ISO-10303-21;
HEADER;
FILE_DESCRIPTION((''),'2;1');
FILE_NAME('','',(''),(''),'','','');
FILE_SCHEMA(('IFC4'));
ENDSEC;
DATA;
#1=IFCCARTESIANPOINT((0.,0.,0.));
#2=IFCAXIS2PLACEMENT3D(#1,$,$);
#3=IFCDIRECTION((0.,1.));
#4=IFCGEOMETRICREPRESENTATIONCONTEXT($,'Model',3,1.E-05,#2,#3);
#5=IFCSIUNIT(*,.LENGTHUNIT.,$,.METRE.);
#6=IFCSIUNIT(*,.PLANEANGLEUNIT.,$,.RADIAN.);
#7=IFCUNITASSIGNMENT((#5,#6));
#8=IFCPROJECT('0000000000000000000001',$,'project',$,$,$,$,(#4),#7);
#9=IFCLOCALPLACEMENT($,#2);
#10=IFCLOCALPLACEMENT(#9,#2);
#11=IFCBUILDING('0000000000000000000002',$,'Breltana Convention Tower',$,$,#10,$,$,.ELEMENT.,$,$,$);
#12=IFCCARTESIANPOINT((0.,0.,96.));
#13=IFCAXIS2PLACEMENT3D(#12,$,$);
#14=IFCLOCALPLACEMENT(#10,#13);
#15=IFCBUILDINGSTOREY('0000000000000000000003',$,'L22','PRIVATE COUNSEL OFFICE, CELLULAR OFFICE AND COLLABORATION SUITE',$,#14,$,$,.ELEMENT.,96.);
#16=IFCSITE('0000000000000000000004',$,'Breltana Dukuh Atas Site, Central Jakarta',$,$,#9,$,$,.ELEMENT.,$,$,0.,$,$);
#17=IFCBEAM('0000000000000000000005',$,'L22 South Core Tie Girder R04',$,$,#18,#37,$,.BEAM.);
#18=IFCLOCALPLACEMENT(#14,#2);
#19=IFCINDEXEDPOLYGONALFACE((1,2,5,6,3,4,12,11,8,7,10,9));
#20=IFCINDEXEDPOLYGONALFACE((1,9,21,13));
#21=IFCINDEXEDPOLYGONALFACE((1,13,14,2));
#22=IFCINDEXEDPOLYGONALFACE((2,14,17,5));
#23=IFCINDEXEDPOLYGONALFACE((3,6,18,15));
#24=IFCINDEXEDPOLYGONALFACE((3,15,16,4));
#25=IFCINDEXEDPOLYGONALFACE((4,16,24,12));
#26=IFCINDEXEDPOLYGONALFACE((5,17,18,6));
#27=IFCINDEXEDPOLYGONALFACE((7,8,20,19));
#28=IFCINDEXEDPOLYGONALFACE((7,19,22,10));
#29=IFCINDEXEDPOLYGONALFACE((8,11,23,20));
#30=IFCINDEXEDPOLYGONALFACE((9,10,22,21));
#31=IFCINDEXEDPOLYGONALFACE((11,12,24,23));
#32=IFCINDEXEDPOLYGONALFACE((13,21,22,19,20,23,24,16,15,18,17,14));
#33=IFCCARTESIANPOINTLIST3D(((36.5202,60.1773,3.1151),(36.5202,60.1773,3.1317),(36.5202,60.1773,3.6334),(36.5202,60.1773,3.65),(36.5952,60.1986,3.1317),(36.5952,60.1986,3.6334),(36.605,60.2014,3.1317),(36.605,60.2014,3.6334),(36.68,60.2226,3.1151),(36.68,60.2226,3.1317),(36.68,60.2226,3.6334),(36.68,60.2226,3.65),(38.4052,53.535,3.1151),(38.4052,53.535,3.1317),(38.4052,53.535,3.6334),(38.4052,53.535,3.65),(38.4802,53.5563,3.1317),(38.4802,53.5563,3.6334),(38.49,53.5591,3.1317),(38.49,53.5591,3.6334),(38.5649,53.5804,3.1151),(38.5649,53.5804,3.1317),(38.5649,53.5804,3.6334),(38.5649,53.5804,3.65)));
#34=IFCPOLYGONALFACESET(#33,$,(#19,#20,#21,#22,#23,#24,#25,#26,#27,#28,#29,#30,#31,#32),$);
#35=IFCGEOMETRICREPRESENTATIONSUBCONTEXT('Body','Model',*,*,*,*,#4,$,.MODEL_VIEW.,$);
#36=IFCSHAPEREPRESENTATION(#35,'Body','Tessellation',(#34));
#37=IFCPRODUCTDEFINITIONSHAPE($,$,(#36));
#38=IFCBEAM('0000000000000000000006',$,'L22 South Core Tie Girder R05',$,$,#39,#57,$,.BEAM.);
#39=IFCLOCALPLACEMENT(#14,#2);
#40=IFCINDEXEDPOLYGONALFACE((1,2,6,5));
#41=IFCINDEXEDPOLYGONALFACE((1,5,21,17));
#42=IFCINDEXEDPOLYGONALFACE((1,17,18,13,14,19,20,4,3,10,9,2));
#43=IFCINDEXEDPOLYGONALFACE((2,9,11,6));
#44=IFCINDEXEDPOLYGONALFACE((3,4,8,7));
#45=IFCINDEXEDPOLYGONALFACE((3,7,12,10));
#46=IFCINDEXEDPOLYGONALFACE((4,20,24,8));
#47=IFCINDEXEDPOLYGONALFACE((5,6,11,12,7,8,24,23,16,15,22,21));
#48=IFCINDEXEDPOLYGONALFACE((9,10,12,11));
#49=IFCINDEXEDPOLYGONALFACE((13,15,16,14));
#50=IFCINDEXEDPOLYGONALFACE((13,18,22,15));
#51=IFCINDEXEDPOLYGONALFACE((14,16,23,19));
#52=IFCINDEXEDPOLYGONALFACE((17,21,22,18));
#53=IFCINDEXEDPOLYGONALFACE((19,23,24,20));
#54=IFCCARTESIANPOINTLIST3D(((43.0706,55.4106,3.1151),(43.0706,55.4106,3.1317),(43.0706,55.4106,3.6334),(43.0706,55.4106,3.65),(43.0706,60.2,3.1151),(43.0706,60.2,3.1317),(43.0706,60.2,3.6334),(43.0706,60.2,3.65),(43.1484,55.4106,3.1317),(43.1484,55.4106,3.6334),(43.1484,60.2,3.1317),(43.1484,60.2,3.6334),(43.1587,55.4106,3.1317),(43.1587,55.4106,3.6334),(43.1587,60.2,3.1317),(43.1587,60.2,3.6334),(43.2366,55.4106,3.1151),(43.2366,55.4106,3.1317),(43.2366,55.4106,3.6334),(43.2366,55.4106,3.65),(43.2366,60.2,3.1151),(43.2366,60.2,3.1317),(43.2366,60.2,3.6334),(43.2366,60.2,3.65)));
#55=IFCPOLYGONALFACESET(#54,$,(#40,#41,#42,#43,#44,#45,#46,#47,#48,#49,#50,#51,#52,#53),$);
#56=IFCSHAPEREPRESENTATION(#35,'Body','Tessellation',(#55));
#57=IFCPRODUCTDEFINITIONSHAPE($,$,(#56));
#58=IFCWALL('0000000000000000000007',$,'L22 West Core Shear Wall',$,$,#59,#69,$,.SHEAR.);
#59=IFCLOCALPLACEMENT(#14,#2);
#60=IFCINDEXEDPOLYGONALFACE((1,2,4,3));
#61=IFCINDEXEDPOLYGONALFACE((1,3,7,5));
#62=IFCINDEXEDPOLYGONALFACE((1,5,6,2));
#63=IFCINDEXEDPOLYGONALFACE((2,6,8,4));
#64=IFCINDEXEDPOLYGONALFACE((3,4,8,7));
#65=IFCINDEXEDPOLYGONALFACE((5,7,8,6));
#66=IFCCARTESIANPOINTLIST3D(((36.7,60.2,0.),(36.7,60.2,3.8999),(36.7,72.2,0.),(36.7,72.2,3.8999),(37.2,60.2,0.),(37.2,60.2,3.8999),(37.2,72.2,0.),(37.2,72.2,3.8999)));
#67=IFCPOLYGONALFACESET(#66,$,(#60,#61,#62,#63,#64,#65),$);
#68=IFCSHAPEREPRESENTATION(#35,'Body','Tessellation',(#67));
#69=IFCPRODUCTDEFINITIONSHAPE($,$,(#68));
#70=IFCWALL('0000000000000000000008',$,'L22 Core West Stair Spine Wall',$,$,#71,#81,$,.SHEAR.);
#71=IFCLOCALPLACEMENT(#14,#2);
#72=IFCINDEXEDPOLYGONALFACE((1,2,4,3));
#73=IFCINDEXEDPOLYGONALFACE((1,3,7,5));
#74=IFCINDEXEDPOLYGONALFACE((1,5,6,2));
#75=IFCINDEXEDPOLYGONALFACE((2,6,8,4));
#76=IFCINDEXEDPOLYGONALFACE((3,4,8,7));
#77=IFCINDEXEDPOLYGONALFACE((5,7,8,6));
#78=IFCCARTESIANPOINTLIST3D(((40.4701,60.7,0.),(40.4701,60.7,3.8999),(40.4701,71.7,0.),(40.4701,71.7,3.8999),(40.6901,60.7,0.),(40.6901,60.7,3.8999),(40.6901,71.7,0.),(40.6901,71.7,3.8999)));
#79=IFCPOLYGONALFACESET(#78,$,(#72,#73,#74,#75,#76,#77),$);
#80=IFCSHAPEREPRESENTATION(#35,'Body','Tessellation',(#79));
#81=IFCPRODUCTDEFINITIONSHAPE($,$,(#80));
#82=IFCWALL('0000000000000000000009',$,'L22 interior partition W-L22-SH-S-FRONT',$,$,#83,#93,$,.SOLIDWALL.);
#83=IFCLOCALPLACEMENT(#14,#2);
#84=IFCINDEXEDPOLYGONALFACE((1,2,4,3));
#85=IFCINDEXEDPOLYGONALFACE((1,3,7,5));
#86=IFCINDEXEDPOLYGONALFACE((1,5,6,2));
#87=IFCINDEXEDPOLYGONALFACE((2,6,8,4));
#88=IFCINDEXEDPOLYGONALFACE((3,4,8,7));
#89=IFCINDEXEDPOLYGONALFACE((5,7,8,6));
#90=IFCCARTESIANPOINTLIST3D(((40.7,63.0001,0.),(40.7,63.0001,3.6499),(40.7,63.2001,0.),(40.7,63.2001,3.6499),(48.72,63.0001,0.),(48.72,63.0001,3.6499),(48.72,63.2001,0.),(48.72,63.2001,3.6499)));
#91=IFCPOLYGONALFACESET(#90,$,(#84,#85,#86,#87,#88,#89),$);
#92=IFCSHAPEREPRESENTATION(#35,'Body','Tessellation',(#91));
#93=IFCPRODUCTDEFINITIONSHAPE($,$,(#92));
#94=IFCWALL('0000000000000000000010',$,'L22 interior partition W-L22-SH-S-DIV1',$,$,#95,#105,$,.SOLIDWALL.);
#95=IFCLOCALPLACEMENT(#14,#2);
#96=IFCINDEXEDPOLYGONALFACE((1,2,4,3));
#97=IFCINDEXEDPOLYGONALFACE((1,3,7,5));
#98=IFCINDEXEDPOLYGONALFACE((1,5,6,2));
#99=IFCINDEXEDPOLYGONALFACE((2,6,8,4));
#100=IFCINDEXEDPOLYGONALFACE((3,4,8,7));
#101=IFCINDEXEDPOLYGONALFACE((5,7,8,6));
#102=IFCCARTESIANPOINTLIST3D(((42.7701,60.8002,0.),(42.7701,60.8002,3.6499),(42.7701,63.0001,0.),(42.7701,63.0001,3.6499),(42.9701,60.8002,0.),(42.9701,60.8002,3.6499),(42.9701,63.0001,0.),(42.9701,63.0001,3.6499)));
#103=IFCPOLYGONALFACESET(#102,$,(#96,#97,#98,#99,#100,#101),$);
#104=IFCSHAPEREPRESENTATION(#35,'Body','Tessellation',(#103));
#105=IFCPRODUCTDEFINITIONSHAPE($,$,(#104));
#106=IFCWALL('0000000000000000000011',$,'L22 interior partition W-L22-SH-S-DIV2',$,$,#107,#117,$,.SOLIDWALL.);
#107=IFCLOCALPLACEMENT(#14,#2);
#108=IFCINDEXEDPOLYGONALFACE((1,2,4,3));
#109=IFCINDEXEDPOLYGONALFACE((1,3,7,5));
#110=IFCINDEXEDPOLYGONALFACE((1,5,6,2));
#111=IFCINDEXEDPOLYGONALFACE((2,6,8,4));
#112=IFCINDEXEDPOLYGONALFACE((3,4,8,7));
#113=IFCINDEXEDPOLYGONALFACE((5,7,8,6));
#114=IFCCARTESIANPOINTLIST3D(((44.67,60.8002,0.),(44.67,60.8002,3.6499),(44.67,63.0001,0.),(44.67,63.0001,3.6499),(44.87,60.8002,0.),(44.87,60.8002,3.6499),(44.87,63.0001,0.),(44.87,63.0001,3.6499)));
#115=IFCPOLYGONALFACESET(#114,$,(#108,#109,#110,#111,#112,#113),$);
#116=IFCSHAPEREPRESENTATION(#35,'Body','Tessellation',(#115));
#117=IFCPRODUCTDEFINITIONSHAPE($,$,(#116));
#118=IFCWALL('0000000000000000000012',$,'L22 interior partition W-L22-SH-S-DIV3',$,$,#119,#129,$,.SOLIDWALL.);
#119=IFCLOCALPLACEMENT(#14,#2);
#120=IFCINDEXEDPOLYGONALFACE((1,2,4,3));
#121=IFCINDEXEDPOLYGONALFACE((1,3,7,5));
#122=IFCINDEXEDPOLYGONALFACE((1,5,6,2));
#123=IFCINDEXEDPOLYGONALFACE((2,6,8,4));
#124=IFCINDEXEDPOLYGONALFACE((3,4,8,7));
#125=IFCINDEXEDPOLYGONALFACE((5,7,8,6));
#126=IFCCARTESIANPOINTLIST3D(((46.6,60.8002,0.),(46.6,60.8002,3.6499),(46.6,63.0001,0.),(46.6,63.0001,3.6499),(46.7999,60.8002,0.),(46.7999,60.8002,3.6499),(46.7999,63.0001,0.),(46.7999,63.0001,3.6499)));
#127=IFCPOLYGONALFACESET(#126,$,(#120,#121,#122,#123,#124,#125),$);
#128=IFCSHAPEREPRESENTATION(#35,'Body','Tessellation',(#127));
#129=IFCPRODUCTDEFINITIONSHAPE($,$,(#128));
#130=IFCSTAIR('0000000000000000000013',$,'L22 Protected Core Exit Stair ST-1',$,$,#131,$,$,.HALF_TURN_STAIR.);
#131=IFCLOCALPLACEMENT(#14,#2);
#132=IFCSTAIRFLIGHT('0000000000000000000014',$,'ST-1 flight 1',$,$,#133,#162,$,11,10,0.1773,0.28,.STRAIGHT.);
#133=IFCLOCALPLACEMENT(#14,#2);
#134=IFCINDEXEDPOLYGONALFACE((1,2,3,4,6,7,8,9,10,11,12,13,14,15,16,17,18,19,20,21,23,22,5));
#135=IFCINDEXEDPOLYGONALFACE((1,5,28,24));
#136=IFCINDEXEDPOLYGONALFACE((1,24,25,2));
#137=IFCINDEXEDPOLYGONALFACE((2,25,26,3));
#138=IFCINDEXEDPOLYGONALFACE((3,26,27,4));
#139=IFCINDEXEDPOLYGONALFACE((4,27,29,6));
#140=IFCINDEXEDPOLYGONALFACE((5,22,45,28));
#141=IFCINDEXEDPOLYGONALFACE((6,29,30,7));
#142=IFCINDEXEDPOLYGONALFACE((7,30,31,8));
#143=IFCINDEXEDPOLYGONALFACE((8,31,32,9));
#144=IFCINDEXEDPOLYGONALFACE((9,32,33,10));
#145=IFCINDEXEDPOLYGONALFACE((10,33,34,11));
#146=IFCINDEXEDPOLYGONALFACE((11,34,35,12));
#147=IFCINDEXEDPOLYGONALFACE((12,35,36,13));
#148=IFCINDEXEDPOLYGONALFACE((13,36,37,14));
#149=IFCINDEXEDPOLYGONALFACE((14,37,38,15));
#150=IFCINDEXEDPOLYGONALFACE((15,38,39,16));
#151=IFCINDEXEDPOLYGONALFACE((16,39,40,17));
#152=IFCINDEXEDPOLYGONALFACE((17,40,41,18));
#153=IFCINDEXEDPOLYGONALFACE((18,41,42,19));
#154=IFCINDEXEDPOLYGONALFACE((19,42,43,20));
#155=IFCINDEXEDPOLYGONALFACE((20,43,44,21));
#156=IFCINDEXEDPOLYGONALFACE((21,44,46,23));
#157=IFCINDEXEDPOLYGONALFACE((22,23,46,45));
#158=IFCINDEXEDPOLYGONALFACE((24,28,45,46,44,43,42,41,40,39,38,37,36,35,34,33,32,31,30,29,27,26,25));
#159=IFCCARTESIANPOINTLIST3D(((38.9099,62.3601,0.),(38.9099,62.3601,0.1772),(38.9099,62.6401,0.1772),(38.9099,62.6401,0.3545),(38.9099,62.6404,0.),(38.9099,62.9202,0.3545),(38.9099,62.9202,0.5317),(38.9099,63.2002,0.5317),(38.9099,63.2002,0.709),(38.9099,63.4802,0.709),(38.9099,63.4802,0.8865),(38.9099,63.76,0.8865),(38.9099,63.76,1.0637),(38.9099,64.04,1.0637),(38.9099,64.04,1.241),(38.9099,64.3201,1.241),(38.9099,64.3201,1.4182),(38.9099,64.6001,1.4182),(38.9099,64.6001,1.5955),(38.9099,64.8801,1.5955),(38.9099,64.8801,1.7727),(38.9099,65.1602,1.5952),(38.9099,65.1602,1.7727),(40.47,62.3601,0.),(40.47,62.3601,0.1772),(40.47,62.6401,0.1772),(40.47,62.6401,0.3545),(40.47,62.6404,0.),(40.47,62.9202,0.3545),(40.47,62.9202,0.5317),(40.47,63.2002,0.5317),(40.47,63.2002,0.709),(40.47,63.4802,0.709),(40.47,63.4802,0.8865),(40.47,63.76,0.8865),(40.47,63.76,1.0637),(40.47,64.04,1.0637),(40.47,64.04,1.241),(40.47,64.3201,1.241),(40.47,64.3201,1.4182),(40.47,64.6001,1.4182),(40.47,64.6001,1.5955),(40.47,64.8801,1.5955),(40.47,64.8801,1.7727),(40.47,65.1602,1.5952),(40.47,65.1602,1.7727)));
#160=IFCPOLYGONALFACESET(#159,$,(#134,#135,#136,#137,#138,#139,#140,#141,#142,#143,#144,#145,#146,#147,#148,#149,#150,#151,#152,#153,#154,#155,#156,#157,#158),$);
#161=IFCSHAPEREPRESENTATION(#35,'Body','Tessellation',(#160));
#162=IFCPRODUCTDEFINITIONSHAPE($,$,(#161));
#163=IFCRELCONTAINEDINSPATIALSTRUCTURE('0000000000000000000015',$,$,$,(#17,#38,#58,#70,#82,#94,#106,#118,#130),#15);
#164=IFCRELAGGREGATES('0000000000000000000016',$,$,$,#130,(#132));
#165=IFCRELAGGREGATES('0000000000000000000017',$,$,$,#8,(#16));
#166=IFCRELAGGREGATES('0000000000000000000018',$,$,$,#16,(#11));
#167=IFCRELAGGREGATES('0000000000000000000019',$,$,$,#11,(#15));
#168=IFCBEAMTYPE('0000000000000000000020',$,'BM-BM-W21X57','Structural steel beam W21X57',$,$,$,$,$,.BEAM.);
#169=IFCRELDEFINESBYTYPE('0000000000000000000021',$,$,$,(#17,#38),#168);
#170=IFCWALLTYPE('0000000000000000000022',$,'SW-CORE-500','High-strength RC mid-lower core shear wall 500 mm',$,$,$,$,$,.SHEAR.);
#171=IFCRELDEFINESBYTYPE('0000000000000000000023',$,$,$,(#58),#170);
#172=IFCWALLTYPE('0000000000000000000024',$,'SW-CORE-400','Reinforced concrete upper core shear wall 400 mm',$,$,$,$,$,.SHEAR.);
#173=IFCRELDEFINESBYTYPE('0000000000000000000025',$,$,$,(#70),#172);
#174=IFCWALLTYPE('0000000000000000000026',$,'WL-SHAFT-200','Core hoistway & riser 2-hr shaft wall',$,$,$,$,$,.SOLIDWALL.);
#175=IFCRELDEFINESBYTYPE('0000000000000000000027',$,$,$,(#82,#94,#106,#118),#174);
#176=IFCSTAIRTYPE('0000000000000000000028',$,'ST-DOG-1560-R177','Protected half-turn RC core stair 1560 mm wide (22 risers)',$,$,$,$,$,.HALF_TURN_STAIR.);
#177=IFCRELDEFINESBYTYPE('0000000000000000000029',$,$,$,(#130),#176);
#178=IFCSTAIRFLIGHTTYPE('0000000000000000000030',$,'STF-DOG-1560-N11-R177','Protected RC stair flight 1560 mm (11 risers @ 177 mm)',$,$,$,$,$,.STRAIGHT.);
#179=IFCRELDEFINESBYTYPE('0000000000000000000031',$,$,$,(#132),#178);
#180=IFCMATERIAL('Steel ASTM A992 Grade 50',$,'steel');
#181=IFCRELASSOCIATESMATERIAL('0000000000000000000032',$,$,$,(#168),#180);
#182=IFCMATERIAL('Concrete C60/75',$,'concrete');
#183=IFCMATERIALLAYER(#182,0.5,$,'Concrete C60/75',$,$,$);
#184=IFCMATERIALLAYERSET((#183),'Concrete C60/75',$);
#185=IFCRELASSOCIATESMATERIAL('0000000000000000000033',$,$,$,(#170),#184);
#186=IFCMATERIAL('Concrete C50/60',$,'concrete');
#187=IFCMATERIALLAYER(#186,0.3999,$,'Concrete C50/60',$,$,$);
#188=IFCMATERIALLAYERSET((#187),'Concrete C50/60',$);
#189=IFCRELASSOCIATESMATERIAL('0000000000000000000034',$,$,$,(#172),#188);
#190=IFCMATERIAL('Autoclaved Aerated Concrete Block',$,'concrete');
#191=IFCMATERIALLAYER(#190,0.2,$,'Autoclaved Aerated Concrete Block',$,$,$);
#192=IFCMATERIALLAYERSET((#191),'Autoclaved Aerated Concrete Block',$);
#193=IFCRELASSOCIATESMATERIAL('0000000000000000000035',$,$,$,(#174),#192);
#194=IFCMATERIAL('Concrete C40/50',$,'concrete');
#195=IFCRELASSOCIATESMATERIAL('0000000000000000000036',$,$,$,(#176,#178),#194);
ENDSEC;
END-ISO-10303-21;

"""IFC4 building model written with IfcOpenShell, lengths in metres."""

from ifc_helpers import new_model, si_unit, direction, frame, frame_2d, origin, origin_2d, place, context, subcontext, project, spatial, polyline, rectangle, i_section, outline, extrude, source, transform, mapped, material, layer, layer_set, material_profile, profile_set, type_object, type_shapes, element, aggregate, save


model = new_model("IFC4")

# Units and contexts
model_context = context("Model", 3, precision=1e-05, world=origin(), true_north=direction((0.0, 1.0)))
body_context = subcontext(model_context, "Body", "Model", "MODEL_VIEW")
ifc_project = project(units=[si_unit("LENGTHUNIT", "METRE"), si_unit("PLANEANGLEUNIT", "RADIAN")], contexts=[model_context])

# Site, building, storey
site_placement = place(None, origin())
site = spatial("IfcSite", under=ifc_project, at=site_placement, Name="Breltana Dukuh Atas Site, Central Jakarta", CompositionType="ELEMENT", RefElevation=0.0)
building_placement = place(site_placement, origin())
building = spatial("IfcBuilding", under=site, at=building_placement, Name="Breltana Convention Tower", CompositionType="ELEMENT")
storey_placement = place(building_placement, frame((0.0, 0.0, 96.0)))
storey = spatial("IfcBuildingStorey", under=building, at=storey_placement, Name="L22", Description="PRIVATE COUNSEL OFFICE, CELLULAR OFFICE AND COLLABORATION SUITE", CompositionType="ELEMENT", Elevation=96.0)

# Beams
ifc_material_1 = material(Name="Steel ASTM A992 Grade 50", Category="steel")
ifc_material_profile = material_profile(ifc_material_1, i_section(OverallWidth=0.166, OverallDepth=0.5349, WebThickness=0.0103, FlangeThickness=0.0166, at=origin_2d()), Name="W21X57")
ifc_profile_set = profile_set([ifc_material_profile], Name="Steel ASTM A992 Grade 50")
beam_type = type_object("IfcBeamType", Name="BM-BM-W21X57", Description="Structural steel beam W21X57", PredefinedType="BEAM", material=ifc_profile_set)
shared_shape_1 = source(origin(), body_context, "Body", "SweptSolid", [
    extrude(i_section(OverallWidth=0.166, OverallDepth=0.5349, WebThickness=0.0103, FlangeThickness=0.0166, at=origin_2d()), origin(), (0.0, 0.0, 1.0), 6.9045),
])
type_shapes(beam_type, [shared_shape_1])
beam_1_placement = place(storey_placement, frame((36.6001, 60.2, 3.3826), z_axis=(0.273007, -0.962012, 0.0), x_axis=(0.962012, 0.273007, 0.0)))
element("IfcBeam", 1, at=beam_1_placement, inside=storey, type_object=beam_type, Name="L22 South Core Tie Girder R04", PredefinedType="BEAM", context=body_context, shape_type="MappedRepresentation", body=[
    mapped(shared_shape_1, transform((0.0, 0.0, 0.0), scale=1.0)),
])
shared_shape_2 = source(origin(), body_context, "Body", "SweptSolid", [
    extrude(i_section(OverallWidth=0.166, OverallDepth=0.5349, WebThickness=0.0103, FlangeThickness=0.0166, at=origin_2d()), origin(), (0.0, 0.0, 1.0), 4.7893),
])
beam_2_placement = place(storey_placement, frame((43.1536, 60.2, 3.3826), z_axis=(0.0, -1.0, 0.0), x_axis=(1.0, 0.0, 0.0)))
element("IfcBeam", 2, at=beam_2_placement, inside=storey, type_object=beam_type, Name="L22 South Core Tie Girder R05", PredefinedType="BEAM", context=body_context, shape_type="MappedRepresentation", body=[
    mapped(shared_shape_2, transform((0.0, 0.0, 0.0), scale=1.0)),
])

# Wall
ifc_material_2 = material(Name="Concrete C60/75", Category="concrete")
ifc_layer_1 = layer(ifc_material_2, 0.5, Name="Concrete C60/75")
ifc_layer_set_1 = layer_set([ifc_layer_1], Name="Concrete C60/75")
wall_type_1 = type_object("IfcWallType", Name="SW-CORE-500", Description="High-strength RC mid-lower core shear wall 500 mm", PredefinedType="SHEAR", material=ifc_layer_set_1)
shared_shape_3 = source(origin(), body_context, "Body", "SweptSolid", [
    extrude(rectangle(XDim=12.0, YDim=0.5, at=frame_2d((6.0, 0.0))), origin(), (0.0, 0.0, 1.0), 3.8999),
])
wall_1_placement = place(storey_placement, frame((36.95, 60.2, 0.0), z_axis=(0.0, 0.0, 1.0), x_axis=(0.0, 1.0, 0.0)))
element("IfcWall", 3, at=wall_1_placement, inside=storey, type_object=wall_type_1, Name="L22 West Core Shear Wall", PredefinedType="SHEAR", context=body_context, shape_type="MappedRepresentation", body=[
    mapped(shared_shape_3, transform((0.0, 0.0, 0.0), scale=1.0)),
])

# Wall
ifc_material_3 = material(Name="Concrete C50/60", Category="concrete")
ifc_layer_2 = layer(ifc_material_3, 0.3999, Name="Concrete C50/60")
ifc_layer_set_2 = layer_set([ifc_layer_2], Name="Concrete C50/60")
wall_type_2 = type_object("IfcWallType", Name="SW-CORE-400", Description="Reinforced concrete upper core shear wall 400 mm", PredefinedType="SHEAR", material=ifc_layer_set_2)
shared_shape_4 = source(origin(), body_context, "Body", "SweptSolid", [
    extrude(rectangle(XDim=11.0, YDim=0.22, at=frame_2d((5.5, 0.0))), origin(), (0.0, 0.0, 1.0), 3.8999),
])
wall_2_placement = place(storey_placement, frame((40.5801, 60.7, 0.0), z_axis=(0.0, 0.0, 1.0), x_axis=(0.0, 1.0, 0.0)))
element("IfcWall", 4, at=wall_2_placement, inside=storey, type_object=wall_type_2, Name="L22 Core West Stair Spine Wall", PredefinedType="SHEAR", context=body_context, shape_type="MappedRepresentation", body=[
    mapped(shared_shape_4, transform((0.0, 0.0, 0.0), scale=1.0)),
])

# Shared definitions
ifc_material_4 = material(Name="Autoclaved Aerated Concrete Block", Category="concrete")
ifc_layer_3 = layer(ifc_material_4, 0.2, Name="Autoclaved Aerated Concrete Block")
ifc_layer_set_3 = layer_set([ifc_layer_3], Name="Autoclaved Aerated Concrete Block")
wall_type_3 = type_object("IfcWallType", Name="WL-SHAFT-200", Description="Core hoistway & riser 2-hr shaft wall", PredefinedType="SOLIDWALL", material=ifc_layer_set_3)

# Walls
shared_shape_5 = source(origin(), body_context, "Body", "SweptSolid", [
    extrude(rectangle(XDim=8.02, YDim=0.2, at=frame_2d((4.01, 0.0))), origin(), (0.0, 0.0, 1.0), 3.6499),
])
wall_3_placement = place(storey_placement, frame((40.7, 63.1001, 0.0), z_axis=(0.0, 0.0, 1.0), x_axis=(1.0, 0.0, 0.0)))
element("IfcWall", 5, at=wall_3_placement, inside=storey, type_object=wall_type_3, Name="L22 interior partition W-L22-SH-S-FRONT", PredefinedType="SOLIDWALL", context=body_context, shape_type="MappedRepresentation", body=[
    mapped(shared_shape_5, transform((0.0, 0.0, 0.0), scale=1.0)),
])
shared_shape_6 = source(origin(), body_context, "Body", "SweptSolid", [
    extrude(rectangle(XDim=2.2, YDim=0.2, at=frame_2d((1.1001, 0.0))), origin(), (0.0, 0.0, 1.0), 3.6499),
])
for number, where, z_axis, x_axis, name in (
    (6, (42.8701, 60.8, 0.0), (0.0, 0.0, 1.0), (0.0, 1.0, 0.0), "L22 interior partition W-L22-SH-S-DIV1"),
    (7, (44.77, 60.8, 0.0), (0.0, 0.0, 1.0), (0.0, 1.0, 0.0), "L22 interior partition W-L22-SH-S-DIV2"),
    (8, (46.7, 60.8, 0.0), (0.0, 0.0, 1.0), (0.0, 1.0, 0.0), "L22 interior partition W-L22-SH-S-DIV3"),
):
    element("IfcWall", number, at=place(storey_placement, frame(where, z_axis=z_axis, x_axis=x_axis)), inside=storey, type_object=wall_type_3, Name=name, PredefinedType="SOLIDWALL", context=body_context, shape_type="MappedRepresentation", body=[
        mapped(shared_shape_6, transform((0.0, 0.0, 0.0), scale=1.0)),
    ])

# Stair, stair flight
ifc_material_5 = material(Name="Concrete C40/50", Category="concrete")
stair_type = type_object("IfcStairType", Name="ST-DOG-1560-R177", Description="Protected half-turn RC core stair 1560 mm wide (22 risers)", PredefinedType="HALF_TURN_STAIR", material=ifc_material_5)
stair_placement = place(storey_placement, origin())
stair = element("IfcStair", 9, at=stair_placement, inside=storey, type_object=stair_type, Name="L22 Protected Core Exit Stair ST-1", PredefinedType="HALF_TURN_STAIR")
stair_flight_type = type_object("IfcStairFlightType", Name="STF-DOG-1560-N11-R177", Description="Protected RC stair flight 1560 mm (11 risers @ 177 mm)", PredefinedType="STRAIGHT", material=ifc_material_5)
stair_flight_1_placement = place(storey_placement, frame((39.6899, 62.3601, 0.0), z_axis=(0.0, 0.0, 1.0), x_axis=(0.0, 1.0, 0.0)))
stair_flight_1 = element("IfcStairFlight", 10, at=stair_flight_1_placement, type_object=stair_flight_type, Name="ST-1 flight 1", NumberOfRisers=11, NumberOfTreads=10, PredefinedType="STRAIGHT", RiserHeight=0.1773, TreadLength=0.28, context=body_context, shape_type="SweptSolid", body=[
    extrude(outline(polyline([(0.0, 0.0), (0.0, 0.1772), (0.28, 0.1772), (0.28, 0.3545), (0.5601, 0.3545), (0.5601, 0.5317), (0.8401, 0.5317), (0.8401, 0.709), (1.1201, 0.709), (1.1201, 0.8865), (1.3999, 0.8865), (1.3999, 1.0637), (1.6799, 1.0637), (1.6799, 1.241), (1.96, 1.241), (1.96, 1.4182), (2.24, 1.4182), (2.24, 1.5955), (2.52, 1.5955), (2.52, 1.7727), (2.8, 1.7727), (2.8, 1.95), (2.8, 1.5952), (0.2803, 0.0), (0.0, 0.0)])), frame((0.0, 0.78, 0.0), z_axis=(0.0, -1.0, 0.0), x_axis=(1.0, 0.0, 0.0)), (0.0, 0.0, 1.0), 1.5601),
])
aggregate(stair, [stair_flight_1])

save(model, "model.ifc")
